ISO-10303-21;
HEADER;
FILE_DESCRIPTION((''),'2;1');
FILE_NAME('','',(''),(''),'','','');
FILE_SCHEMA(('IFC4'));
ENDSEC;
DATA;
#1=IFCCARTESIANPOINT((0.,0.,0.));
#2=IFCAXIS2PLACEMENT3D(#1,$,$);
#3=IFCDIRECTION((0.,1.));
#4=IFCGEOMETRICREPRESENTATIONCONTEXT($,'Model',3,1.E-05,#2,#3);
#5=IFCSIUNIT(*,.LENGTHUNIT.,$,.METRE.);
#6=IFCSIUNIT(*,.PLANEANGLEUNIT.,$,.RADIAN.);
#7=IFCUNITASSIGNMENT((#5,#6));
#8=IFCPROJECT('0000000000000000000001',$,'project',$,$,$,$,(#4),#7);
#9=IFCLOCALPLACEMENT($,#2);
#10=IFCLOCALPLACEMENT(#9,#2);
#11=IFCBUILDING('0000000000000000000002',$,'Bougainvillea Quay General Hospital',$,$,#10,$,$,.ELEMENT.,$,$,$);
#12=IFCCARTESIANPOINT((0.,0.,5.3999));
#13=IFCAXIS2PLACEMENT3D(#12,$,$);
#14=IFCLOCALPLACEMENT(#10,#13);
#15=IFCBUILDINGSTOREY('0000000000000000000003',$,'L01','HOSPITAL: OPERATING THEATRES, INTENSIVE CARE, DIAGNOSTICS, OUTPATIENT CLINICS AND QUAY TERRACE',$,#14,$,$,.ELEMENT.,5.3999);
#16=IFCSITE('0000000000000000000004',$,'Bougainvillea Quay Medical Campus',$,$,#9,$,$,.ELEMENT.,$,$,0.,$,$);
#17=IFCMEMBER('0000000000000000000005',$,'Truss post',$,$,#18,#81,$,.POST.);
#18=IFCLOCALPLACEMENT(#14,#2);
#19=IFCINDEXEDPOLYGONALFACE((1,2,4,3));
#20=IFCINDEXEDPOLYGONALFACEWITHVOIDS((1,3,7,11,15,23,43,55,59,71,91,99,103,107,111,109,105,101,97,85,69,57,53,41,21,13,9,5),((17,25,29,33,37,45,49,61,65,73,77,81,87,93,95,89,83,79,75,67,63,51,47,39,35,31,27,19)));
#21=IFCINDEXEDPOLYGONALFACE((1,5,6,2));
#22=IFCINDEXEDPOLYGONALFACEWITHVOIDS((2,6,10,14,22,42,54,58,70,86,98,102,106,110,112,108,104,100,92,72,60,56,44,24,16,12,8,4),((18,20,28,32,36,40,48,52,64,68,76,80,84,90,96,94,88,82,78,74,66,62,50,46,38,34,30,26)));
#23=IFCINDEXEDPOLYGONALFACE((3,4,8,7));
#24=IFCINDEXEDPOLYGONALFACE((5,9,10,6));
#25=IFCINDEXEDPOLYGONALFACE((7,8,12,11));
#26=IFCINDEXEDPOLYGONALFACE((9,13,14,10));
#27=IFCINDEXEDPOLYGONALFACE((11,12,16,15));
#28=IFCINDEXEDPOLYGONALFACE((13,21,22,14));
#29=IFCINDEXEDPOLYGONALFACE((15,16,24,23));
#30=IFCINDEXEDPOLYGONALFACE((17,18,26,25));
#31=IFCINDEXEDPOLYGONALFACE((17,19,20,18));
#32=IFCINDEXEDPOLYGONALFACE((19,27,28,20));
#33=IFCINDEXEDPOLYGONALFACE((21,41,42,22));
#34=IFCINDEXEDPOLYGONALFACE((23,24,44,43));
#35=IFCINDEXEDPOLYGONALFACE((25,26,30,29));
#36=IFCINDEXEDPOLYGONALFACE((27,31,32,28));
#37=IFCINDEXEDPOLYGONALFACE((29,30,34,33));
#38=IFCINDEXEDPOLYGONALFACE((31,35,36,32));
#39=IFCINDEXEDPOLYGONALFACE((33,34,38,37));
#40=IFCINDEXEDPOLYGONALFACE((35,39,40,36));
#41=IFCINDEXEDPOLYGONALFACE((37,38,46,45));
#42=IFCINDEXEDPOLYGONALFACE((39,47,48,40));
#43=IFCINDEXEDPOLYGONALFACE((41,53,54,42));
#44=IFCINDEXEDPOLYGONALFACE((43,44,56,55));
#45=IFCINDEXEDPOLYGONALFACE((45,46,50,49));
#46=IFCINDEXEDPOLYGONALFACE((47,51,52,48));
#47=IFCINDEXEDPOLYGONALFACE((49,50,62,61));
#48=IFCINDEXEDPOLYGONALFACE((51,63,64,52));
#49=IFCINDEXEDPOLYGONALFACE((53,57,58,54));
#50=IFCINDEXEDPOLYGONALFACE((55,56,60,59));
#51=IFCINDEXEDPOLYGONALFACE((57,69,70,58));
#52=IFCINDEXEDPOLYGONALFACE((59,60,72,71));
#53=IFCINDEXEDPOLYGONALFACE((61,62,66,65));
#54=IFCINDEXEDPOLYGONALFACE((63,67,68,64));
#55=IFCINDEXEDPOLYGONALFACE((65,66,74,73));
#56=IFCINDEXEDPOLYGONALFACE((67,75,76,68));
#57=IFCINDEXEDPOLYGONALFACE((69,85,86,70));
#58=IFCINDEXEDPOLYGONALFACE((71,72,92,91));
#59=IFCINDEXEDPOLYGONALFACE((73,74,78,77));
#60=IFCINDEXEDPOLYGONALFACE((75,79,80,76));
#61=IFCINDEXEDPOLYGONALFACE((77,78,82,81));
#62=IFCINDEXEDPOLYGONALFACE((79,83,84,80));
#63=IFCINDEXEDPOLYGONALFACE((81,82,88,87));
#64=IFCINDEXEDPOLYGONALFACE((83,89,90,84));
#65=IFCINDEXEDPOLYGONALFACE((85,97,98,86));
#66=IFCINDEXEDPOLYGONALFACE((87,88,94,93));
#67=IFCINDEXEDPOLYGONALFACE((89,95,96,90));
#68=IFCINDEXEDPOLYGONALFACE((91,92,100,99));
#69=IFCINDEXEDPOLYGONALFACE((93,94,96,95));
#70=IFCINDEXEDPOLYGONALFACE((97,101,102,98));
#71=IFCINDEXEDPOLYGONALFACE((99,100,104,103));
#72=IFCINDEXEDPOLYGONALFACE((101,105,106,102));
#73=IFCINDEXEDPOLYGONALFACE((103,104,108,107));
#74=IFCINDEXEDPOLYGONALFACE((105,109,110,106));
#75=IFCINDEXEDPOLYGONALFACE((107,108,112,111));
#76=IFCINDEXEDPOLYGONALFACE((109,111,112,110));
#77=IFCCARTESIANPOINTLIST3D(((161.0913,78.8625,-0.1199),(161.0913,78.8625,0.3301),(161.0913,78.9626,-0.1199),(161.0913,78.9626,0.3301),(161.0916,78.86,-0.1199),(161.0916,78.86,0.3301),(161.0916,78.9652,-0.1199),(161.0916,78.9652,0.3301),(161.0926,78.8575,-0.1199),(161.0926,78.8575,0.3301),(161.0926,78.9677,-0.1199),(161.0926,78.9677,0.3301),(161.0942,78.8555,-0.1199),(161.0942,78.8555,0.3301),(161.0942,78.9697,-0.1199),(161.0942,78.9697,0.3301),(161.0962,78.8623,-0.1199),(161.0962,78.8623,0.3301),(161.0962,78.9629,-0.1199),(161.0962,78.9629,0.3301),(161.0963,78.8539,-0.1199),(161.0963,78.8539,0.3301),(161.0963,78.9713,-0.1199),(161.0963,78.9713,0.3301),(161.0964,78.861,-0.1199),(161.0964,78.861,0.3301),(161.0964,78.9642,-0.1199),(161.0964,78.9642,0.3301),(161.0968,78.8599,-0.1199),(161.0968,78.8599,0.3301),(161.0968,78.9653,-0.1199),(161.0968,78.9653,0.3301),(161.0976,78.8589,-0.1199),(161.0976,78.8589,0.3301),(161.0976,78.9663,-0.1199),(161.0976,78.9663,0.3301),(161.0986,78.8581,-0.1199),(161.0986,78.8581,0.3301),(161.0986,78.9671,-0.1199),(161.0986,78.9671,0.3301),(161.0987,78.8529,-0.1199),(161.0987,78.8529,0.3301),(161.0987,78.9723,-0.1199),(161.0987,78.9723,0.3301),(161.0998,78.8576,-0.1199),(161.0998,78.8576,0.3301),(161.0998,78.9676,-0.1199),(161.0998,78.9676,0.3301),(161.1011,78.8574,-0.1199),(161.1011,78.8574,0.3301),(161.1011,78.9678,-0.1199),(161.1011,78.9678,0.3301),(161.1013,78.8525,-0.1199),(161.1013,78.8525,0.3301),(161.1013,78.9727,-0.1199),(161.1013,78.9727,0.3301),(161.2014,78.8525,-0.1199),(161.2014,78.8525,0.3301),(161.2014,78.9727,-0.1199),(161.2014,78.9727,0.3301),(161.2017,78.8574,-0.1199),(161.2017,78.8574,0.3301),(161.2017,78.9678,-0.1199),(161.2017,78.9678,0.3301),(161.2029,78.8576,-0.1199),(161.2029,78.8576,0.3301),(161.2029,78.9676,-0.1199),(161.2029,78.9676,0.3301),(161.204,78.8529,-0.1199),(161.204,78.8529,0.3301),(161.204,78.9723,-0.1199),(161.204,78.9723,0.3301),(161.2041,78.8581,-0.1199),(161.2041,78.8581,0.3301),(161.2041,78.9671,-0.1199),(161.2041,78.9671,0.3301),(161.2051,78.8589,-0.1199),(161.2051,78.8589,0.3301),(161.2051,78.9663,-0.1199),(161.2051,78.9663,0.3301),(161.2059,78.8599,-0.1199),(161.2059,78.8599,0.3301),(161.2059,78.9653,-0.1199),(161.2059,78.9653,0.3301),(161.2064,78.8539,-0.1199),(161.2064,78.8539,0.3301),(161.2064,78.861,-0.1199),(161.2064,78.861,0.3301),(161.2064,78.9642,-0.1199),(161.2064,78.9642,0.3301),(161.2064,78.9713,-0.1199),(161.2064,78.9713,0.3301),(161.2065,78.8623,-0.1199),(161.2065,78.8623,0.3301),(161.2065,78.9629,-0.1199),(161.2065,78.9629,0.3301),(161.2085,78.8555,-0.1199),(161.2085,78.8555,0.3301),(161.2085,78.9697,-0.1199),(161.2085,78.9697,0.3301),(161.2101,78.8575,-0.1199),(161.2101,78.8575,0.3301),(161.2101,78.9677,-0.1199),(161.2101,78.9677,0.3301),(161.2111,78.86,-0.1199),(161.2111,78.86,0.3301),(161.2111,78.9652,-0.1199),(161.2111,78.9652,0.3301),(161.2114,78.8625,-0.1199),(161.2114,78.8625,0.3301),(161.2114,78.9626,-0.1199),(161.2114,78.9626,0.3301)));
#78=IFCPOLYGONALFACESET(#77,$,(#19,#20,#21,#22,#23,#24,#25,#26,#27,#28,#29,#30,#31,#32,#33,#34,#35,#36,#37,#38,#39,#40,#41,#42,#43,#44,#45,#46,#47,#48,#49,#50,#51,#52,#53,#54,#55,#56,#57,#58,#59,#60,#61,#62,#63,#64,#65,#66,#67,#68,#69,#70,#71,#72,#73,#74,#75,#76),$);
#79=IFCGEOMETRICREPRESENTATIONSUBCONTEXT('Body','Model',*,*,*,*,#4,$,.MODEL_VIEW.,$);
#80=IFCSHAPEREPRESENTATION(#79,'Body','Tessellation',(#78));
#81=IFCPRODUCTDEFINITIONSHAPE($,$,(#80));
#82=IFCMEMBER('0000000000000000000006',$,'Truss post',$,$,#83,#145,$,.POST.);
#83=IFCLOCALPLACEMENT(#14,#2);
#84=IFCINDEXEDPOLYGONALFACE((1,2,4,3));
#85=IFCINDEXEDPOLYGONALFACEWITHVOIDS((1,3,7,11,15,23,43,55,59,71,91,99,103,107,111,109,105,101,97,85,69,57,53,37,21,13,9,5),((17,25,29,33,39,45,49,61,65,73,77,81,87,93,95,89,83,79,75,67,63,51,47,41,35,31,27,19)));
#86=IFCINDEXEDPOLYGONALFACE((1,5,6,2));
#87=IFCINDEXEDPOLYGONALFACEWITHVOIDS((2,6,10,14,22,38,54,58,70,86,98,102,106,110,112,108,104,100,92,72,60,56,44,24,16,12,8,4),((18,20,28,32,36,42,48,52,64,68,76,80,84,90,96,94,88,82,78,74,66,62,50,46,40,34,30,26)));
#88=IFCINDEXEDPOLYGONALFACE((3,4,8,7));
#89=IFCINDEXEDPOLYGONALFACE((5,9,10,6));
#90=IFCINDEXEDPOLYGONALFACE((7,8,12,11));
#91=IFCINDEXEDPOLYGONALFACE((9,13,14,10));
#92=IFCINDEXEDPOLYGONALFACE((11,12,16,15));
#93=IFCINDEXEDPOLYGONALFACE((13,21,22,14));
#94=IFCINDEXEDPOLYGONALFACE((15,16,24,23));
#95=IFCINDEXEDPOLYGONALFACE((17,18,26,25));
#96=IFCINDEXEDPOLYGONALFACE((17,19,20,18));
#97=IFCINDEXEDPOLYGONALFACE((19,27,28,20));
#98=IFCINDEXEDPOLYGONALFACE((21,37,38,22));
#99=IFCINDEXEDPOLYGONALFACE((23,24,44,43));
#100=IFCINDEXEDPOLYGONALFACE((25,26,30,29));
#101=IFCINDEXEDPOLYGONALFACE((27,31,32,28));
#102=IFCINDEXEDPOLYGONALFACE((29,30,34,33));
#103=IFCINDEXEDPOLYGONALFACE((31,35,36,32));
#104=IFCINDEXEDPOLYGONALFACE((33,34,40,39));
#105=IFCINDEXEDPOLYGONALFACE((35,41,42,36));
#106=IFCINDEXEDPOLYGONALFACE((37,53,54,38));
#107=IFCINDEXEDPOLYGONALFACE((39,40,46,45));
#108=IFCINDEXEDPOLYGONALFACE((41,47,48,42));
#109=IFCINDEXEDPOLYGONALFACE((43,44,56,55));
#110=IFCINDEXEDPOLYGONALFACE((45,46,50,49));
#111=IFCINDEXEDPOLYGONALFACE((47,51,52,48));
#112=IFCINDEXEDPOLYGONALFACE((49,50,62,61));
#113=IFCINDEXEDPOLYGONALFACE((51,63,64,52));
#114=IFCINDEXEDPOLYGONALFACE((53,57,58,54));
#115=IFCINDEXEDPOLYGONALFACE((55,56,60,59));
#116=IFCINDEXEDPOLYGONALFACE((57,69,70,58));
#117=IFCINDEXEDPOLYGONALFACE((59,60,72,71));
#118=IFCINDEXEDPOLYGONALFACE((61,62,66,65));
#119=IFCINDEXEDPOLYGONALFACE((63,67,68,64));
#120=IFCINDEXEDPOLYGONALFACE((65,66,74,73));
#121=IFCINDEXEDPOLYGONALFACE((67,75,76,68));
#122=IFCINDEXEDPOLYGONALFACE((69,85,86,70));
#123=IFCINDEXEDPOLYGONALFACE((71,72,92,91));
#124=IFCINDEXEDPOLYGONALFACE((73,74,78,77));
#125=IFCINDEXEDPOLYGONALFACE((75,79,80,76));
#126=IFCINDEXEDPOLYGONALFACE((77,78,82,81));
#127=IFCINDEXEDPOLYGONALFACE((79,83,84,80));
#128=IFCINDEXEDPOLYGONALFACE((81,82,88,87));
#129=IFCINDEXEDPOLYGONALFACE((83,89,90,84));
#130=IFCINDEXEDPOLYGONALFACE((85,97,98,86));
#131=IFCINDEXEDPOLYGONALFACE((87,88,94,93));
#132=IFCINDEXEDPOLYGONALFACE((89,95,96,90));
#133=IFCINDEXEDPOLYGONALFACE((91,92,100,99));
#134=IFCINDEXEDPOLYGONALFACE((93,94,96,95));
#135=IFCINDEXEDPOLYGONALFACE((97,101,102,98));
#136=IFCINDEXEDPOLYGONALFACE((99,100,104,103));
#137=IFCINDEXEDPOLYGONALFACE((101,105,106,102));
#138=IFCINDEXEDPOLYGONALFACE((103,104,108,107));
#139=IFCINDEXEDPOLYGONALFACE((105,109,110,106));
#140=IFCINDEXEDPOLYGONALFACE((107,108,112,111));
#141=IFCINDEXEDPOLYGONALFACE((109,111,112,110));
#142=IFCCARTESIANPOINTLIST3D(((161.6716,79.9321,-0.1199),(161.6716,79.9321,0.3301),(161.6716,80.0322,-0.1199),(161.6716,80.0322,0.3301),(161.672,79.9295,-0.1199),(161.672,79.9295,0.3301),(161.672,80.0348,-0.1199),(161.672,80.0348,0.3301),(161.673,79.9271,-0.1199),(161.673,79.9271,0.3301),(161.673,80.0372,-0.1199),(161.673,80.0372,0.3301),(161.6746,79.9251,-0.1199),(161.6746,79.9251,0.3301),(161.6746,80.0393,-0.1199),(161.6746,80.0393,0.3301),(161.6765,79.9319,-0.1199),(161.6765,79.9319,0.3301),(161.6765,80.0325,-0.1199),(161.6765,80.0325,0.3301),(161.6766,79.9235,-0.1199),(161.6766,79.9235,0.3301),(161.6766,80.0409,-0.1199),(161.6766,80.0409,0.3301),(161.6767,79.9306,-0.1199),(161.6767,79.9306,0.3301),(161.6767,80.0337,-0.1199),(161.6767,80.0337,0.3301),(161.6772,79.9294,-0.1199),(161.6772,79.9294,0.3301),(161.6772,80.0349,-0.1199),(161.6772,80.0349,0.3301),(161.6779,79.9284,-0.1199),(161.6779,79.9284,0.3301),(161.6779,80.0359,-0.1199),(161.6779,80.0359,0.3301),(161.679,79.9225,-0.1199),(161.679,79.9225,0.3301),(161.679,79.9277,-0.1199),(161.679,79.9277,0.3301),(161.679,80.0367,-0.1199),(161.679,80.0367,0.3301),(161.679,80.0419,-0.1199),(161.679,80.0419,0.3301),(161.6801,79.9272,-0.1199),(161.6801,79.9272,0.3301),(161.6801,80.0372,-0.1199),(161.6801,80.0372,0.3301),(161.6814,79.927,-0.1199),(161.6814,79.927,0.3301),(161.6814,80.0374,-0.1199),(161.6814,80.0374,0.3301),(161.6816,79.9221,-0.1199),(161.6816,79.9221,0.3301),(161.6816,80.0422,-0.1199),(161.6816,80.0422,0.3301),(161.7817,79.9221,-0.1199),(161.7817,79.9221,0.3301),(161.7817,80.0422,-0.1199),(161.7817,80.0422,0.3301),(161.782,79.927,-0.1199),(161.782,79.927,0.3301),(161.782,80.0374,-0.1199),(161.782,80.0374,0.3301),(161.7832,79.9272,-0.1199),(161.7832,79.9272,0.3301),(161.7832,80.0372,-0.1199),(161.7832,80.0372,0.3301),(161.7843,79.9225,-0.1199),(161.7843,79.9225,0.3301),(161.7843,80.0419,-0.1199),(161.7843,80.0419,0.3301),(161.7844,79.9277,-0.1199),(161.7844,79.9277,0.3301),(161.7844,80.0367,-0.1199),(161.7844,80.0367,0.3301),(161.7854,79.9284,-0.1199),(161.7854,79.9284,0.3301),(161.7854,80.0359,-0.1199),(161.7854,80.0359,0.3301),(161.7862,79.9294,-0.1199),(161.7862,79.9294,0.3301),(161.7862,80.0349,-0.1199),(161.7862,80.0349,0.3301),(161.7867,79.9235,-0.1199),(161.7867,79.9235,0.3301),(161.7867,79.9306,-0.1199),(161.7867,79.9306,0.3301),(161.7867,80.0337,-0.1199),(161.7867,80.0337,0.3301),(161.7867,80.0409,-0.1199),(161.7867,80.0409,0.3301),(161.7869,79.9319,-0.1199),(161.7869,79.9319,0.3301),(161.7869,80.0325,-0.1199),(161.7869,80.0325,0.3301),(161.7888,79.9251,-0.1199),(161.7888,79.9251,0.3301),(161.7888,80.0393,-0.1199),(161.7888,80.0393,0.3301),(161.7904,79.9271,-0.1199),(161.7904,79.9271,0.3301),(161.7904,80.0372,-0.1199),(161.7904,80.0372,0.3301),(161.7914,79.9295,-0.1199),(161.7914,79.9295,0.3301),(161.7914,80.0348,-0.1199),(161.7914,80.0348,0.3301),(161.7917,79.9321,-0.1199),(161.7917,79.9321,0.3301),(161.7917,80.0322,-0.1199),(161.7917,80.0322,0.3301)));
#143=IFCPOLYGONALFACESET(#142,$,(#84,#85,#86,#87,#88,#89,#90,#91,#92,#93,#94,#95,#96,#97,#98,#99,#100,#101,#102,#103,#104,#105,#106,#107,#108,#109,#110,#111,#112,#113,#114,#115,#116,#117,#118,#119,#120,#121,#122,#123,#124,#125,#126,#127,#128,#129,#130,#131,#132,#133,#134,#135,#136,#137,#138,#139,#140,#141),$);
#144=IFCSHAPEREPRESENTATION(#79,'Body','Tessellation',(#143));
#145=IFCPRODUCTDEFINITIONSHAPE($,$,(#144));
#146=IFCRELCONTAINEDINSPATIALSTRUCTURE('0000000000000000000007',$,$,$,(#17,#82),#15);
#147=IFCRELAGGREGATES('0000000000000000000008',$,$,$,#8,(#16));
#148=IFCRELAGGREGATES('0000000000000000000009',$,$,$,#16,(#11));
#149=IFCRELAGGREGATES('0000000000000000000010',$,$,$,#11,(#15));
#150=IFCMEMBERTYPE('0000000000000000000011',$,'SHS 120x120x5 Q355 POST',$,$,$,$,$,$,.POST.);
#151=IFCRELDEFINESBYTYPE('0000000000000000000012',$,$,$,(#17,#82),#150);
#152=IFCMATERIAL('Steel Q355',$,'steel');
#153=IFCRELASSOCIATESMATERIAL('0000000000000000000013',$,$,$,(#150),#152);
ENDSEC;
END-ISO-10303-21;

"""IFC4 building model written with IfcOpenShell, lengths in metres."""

from ifc_helpers import new_model, si_unit, direction, frame, origin, origin_2d, place, context, subcontext, project, spatial, hollow_rectangle, extrude, material, material_profile, profile_set, type_object, element, save


model = new_model("IFC4")

# Units and contexts
model_context = context("Model", 3, precision=1e-05, world=origin(), true_north=direction((0.0, 1.0)))
body_context = subcontext(model_context, "Body", "Model", "MODEL_VIEW")
ifc_project = project(units=[si_unit("LENGTHUNIT", "METRE"), si_unit("PLANEANGLEUNIT", "RADIAN")], contexts=[model_context])

# Site, building, storey
site_placement = place(None, origin())
site = spatial("IfcSite", under=ifc_project, at=site_placement, Name="Bougainvillea Quay Medical Campus", CompositionType="ELEMENT", RefElevation=0.0)
building_placement = place(site_placement, origin())
building = spatial("IfcBuilding", under=site, at=building_placement, Name="Bougainvillea Quay General Hospital", CompositionType="ELEMENT")
storey_placement = place(building_placement, frame((0.0, 0.0, 5.3999)))
storey = spatial("IfcBuildingStorey", under=building, at=storey_placement, Name="L01", Description="HOSPITAL: OPERATING THEATRES, INTENSIVE CARE, DIAGNOSTICS, OUTPATIENT CLINICS AND QUAY TERRACE", CompositionType="ELEMENT", Elevation=5.3999)

# Members
ifc_material_1 = material(Name="Steel Q355", Category="steel")
ifc_material_profile_1 = material_profile(ifc_material_1, hollow_rectangle(XDim=0.1201, YDim=0.1201, WallThickness=0.0049, InnerFilletRadius=0.0049, OuterFilletRadius=0.01, at=origin_2d()))
ifc_profile_set_1 = profile_set([ifc_material_profile_1], Name="Steel Q355")
member_type_1 = type_object("IfcMemberType", Name="SHS 120x120x5 Q355 POST", PredefinedType="POST", material=ifc_profile_set_1)
for number, where, z_axis, x_axis, name in (
    (1, (161.1514, 78.9126, -0.1199), (0.0, 0.0, 1.0), (1.0, 0.0, 0.0), "Truss post"),
    (2, (161.7317, 79.9822, -0.1199), (0.0, 0.0, 1.0), (1.0, 0.0, 0.0), "Truss post"),
):
    element("IfcMember", number, at=place(storey_placement, frame(where, z_axis=z_axis, x_axis=x_axis)), inside=storey, type_object=member_type_1, Name=name, PredefinedType="POST", context=body_context, shape_type="SweptSolid", body=[
        extrude(hollow_rectangle(XDim=0.1201, YDim=0.1201, WallThickness=0.0049, InnerFilletRadius=0.0049, OuterFilletRadius=0.01, at=origin_2d()), origin(), (0.0, 0.0, 1.0), 0.45),
    ])

save(model, "model.ifc")
